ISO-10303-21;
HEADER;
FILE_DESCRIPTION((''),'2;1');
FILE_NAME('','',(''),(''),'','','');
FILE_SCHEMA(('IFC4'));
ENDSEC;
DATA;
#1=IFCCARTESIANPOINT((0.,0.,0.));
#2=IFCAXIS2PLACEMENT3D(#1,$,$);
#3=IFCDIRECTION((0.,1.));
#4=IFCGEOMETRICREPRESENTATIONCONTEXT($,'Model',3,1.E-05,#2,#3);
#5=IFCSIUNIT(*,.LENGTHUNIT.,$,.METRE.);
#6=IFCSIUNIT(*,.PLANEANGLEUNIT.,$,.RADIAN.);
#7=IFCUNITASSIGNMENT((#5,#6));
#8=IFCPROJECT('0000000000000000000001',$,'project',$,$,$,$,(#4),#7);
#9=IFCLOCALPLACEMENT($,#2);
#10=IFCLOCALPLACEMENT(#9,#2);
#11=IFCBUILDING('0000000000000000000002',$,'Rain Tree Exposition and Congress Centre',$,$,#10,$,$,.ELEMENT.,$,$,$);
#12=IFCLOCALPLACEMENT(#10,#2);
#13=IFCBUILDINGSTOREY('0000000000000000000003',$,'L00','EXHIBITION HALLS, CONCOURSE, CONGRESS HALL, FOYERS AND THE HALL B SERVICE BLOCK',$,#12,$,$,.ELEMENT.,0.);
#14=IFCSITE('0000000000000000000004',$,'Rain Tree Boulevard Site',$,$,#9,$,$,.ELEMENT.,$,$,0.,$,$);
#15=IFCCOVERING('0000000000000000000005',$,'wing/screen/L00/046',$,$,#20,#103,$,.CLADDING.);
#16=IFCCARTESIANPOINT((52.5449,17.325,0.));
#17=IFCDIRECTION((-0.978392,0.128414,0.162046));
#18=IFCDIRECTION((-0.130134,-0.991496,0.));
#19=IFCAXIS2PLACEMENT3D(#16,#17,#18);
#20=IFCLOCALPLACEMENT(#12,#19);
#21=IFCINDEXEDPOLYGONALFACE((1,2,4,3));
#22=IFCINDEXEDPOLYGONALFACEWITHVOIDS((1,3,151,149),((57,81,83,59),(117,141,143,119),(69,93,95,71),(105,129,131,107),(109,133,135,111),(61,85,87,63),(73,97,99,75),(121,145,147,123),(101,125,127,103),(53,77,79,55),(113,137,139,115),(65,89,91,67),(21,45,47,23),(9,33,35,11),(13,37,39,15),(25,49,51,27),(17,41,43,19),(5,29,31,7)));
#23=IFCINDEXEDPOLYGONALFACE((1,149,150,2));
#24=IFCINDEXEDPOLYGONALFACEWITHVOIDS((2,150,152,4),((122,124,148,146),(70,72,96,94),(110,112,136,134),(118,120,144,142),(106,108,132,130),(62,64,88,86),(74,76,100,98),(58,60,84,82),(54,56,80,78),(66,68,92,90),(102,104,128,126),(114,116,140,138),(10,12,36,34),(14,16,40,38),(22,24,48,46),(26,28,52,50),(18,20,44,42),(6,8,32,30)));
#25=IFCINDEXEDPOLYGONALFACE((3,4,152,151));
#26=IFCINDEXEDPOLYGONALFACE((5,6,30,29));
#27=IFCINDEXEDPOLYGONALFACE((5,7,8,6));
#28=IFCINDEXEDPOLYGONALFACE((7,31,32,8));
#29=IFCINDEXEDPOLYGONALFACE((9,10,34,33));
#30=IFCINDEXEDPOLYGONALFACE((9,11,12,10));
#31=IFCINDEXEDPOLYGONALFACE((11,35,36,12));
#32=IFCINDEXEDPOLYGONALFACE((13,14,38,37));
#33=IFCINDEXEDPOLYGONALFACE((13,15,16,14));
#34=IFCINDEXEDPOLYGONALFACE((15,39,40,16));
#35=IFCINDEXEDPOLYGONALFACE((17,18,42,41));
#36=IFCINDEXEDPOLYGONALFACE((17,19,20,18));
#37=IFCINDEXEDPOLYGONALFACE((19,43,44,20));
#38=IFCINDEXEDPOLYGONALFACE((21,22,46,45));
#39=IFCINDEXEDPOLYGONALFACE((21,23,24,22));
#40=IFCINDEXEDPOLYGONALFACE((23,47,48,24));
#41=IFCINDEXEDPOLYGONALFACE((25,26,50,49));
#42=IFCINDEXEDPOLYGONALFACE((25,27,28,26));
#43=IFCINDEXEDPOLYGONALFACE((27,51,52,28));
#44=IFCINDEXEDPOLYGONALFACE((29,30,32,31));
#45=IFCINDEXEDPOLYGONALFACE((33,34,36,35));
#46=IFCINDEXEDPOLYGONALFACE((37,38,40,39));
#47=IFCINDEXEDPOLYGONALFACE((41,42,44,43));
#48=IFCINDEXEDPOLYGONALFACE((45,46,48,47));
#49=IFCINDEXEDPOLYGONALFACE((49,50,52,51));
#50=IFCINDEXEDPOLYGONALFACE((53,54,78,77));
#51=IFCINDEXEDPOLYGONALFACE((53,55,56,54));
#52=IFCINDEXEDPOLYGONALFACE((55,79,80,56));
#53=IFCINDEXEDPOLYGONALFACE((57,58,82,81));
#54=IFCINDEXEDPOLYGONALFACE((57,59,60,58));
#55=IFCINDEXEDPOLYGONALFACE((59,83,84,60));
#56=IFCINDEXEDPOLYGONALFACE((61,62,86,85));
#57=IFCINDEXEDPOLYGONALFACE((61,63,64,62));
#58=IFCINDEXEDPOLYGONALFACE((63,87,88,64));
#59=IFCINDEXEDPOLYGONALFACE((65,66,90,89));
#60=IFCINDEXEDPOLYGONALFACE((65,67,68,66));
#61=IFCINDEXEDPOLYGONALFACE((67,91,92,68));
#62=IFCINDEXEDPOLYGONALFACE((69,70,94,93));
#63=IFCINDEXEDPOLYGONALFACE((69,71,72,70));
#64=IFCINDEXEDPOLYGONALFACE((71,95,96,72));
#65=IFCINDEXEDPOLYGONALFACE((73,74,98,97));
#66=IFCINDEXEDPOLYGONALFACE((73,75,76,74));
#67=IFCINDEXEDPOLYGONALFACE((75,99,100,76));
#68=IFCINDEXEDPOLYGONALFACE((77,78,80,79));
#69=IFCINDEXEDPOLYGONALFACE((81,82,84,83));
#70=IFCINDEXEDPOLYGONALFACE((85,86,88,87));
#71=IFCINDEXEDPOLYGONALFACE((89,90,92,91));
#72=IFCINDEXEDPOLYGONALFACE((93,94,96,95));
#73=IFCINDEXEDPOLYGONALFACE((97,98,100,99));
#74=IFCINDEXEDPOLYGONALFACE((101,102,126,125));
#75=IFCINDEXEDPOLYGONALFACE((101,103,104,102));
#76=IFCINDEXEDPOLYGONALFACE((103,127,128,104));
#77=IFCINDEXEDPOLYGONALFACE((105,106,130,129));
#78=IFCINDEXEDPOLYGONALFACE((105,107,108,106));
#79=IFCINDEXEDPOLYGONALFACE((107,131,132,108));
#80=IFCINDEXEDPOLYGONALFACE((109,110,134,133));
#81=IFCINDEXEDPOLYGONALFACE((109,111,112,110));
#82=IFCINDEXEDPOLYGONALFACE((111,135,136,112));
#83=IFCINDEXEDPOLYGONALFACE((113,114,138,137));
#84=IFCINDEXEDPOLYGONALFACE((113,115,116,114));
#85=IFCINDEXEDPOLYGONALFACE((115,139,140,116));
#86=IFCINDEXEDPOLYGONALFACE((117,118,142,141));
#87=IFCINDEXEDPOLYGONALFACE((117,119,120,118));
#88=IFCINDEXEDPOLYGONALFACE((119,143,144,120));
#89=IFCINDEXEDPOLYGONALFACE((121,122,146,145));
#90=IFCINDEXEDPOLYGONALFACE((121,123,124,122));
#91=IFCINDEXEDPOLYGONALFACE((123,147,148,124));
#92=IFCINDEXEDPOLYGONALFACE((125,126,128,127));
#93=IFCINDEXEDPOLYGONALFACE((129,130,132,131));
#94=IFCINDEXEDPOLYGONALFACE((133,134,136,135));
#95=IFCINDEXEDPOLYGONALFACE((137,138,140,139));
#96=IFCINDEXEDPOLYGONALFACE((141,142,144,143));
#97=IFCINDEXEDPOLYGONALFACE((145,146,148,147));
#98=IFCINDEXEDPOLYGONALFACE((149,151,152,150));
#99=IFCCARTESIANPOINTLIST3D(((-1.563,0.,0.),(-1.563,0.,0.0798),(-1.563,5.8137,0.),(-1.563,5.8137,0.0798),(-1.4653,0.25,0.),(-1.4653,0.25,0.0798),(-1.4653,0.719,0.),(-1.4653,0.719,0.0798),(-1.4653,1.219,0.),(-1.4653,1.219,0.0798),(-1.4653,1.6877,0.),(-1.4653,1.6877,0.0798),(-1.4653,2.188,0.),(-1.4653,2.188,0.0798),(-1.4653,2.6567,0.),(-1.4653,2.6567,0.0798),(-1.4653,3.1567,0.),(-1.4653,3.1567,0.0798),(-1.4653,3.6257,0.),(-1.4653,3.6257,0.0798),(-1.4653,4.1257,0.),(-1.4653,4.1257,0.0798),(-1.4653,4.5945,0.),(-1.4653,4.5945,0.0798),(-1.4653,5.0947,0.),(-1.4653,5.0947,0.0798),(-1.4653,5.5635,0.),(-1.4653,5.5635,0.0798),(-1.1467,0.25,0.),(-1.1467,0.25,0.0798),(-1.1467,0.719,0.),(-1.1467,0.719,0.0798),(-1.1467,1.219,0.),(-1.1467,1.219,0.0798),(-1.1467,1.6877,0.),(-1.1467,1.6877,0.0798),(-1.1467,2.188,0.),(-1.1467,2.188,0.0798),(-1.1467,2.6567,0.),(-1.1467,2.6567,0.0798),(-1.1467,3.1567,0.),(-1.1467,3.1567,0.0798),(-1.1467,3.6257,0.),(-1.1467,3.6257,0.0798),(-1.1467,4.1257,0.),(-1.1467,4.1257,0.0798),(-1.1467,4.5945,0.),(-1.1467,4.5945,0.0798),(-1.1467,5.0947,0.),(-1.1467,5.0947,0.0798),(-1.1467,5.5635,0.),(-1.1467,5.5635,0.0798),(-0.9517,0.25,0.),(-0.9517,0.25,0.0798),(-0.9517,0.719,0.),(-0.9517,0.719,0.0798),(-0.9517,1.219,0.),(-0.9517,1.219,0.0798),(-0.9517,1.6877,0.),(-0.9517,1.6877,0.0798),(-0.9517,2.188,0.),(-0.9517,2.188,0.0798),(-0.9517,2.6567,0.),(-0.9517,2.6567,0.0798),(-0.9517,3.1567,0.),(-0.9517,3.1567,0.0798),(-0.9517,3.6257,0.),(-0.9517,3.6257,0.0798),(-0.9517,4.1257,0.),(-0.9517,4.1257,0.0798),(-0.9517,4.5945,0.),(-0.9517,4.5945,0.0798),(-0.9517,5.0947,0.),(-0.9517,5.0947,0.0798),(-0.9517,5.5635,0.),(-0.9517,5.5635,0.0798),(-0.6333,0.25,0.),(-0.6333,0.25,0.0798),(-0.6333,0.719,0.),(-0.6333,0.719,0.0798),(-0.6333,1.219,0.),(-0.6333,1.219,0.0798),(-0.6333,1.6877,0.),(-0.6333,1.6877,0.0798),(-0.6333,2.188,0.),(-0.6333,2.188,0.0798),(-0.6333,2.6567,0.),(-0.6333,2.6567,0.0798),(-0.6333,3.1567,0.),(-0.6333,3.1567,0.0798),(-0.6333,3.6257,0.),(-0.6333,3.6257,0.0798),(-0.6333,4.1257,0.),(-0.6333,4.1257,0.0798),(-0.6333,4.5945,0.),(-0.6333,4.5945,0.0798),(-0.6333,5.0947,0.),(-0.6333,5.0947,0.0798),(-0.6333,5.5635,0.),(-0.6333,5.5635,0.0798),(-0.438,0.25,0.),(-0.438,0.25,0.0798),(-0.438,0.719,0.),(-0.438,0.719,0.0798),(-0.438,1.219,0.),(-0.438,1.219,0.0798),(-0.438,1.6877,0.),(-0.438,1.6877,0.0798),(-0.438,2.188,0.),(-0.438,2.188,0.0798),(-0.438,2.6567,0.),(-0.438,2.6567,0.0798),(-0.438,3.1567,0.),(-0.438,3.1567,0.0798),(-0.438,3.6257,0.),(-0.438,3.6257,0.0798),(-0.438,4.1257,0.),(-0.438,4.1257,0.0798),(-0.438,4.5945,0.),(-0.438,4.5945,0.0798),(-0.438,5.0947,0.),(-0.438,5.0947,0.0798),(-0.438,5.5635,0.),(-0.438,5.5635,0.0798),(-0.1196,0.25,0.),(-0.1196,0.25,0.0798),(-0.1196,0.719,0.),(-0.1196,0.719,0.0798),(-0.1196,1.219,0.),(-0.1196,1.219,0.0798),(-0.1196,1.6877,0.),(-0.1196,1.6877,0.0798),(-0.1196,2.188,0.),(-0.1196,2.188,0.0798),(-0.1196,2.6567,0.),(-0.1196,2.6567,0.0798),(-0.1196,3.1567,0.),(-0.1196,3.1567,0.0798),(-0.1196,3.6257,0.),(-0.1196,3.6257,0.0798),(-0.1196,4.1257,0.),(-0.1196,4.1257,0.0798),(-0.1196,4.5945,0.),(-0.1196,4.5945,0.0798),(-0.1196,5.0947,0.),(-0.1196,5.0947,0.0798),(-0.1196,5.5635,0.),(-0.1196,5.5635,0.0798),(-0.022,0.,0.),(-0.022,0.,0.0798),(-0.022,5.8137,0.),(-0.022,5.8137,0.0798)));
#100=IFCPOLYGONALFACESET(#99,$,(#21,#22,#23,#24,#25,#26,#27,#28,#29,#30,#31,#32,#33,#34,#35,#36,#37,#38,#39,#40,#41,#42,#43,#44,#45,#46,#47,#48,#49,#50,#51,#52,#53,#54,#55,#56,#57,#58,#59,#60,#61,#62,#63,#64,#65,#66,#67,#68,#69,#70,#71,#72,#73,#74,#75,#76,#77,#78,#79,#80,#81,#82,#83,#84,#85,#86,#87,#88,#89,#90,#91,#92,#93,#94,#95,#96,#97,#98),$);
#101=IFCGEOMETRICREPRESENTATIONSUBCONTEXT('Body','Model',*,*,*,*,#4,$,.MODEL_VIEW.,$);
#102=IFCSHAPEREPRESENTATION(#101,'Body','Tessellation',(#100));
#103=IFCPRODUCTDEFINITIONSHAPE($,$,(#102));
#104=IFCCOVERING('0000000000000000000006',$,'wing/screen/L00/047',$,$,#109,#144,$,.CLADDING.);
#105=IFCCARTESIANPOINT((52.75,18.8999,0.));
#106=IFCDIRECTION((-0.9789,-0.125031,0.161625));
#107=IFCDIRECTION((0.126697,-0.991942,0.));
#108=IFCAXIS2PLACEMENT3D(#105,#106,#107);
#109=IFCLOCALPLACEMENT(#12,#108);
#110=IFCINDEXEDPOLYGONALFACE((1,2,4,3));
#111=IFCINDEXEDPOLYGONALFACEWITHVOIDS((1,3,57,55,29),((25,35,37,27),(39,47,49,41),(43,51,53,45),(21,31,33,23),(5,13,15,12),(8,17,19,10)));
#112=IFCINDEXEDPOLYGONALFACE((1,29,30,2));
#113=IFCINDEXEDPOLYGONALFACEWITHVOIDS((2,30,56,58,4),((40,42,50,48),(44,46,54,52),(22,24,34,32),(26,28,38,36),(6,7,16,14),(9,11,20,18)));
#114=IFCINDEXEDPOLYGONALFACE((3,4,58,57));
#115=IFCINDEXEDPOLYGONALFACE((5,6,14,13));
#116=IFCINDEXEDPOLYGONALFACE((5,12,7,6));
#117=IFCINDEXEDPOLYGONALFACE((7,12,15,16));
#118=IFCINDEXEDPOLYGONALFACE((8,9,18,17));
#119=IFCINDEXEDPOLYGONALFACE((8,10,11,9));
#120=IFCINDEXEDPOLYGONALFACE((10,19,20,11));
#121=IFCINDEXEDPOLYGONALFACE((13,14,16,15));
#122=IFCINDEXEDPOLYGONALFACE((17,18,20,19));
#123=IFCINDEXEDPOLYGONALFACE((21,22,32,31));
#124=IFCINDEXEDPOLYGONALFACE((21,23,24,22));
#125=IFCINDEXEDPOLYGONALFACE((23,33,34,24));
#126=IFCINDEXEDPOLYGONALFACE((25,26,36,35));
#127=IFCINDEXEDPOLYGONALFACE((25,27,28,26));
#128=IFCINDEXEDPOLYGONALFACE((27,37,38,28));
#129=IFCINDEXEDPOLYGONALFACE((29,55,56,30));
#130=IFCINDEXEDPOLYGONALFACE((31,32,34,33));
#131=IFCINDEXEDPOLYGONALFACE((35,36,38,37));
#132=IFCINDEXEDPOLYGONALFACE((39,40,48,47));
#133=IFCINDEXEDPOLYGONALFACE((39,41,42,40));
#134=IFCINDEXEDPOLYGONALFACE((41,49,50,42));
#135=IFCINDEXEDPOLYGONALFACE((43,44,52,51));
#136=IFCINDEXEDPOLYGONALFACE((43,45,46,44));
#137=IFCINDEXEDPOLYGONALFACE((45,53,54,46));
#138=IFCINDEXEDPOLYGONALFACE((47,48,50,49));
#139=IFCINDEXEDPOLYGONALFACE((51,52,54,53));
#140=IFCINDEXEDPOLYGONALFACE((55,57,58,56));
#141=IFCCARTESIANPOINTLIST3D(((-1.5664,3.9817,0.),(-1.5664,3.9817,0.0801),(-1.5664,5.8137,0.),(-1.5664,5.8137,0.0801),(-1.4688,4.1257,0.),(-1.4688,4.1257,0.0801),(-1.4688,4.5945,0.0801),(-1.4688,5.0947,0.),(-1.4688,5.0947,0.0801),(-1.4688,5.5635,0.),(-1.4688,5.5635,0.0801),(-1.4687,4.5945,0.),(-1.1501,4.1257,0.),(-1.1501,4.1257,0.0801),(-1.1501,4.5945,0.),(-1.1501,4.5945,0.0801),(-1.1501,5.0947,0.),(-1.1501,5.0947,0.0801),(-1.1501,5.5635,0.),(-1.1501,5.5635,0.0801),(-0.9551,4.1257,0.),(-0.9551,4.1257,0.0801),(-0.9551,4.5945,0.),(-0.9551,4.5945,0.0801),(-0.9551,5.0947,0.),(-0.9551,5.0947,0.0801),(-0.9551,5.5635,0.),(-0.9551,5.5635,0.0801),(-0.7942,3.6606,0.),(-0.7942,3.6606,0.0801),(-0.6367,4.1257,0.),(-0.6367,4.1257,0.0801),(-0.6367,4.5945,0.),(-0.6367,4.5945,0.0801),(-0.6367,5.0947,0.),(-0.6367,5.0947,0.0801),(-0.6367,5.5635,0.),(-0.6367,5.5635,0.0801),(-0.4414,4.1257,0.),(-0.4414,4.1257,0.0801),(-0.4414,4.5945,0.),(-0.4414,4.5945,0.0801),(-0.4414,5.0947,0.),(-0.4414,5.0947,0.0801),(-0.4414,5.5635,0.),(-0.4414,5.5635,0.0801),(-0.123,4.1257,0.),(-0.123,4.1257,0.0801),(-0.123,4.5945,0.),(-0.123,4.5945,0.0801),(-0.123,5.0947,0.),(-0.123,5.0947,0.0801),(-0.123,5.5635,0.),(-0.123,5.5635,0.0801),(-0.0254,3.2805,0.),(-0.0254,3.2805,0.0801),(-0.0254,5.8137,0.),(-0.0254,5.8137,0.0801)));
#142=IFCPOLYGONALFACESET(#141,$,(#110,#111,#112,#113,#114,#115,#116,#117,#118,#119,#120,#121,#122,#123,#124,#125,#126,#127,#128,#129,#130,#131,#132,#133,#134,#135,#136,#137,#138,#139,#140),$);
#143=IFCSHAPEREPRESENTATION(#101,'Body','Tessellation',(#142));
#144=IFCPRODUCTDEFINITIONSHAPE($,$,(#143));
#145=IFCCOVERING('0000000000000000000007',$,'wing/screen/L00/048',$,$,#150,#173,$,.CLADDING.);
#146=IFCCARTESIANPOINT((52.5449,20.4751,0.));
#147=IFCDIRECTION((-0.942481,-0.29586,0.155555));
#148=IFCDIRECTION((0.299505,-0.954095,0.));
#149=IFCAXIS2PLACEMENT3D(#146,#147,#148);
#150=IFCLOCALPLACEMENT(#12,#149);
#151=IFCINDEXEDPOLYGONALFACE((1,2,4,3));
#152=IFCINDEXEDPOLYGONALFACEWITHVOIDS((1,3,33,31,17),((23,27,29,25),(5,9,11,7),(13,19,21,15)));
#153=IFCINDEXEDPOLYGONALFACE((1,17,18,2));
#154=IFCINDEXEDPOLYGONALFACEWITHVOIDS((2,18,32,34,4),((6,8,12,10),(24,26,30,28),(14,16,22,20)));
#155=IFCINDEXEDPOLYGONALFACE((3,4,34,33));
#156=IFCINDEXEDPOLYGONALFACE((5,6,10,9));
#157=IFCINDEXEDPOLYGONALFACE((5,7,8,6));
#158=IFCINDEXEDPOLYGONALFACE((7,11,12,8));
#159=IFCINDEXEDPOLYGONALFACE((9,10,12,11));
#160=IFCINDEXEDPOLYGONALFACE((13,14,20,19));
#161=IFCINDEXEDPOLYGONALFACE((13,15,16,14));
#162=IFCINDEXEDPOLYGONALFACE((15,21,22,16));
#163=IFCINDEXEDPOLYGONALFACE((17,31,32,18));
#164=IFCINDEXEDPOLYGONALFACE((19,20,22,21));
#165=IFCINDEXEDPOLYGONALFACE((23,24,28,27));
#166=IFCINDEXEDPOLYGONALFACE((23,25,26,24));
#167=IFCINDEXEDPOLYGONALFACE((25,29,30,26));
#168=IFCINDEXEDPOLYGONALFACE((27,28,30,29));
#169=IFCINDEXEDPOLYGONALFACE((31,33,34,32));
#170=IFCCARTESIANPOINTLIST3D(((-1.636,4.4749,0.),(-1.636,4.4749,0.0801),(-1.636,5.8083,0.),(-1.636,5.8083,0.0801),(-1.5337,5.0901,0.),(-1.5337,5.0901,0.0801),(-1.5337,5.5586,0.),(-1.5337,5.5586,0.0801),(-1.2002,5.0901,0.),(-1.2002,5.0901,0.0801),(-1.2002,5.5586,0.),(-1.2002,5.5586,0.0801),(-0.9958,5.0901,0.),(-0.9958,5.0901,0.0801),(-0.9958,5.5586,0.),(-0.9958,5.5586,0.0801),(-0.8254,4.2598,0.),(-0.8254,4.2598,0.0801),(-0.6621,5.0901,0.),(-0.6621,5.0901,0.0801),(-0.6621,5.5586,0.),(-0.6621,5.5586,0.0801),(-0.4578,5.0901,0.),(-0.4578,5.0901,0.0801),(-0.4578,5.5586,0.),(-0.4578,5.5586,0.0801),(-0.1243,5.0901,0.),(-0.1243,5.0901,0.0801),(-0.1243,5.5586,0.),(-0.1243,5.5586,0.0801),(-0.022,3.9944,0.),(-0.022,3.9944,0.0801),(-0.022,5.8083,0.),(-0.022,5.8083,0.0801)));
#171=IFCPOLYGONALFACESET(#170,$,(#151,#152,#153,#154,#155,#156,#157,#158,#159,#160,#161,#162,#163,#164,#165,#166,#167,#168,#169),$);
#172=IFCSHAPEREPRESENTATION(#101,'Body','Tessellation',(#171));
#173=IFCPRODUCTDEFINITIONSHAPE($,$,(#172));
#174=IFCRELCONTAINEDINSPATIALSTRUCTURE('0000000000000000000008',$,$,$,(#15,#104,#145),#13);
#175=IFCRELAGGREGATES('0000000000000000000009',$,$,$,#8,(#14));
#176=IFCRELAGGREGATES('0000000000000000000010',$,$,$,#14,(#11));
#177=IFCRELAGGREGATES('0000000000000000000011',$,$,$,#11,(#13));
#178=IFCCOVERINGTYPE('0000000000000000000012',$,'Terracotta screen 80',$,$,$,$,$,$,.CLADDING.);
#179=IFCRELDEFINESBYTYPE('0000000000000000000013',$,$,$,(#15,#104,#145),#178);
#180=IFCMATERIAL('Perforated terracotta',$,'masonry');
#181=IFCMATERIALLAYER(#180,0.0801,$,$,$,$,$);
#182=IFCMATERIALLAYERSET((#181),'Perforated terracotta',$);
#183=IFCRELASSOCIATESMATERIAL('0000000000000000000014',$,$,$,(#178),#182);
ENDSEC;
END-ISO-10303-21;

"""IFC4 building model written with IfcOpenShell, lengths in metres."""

from ifc_helpers import new_model, si_unit, direction, frame, origin, place, context, subcontext, project, spatial, polyline, outline, extrude, material, layer, layer_set, type_object, element, save


model = new_model("IFC4")

# Units and contexts
model_context = context("Model", 3, precision=1e-05, world=origin(), true_north=direction((0.0, 1.0)))
body_context = subcontext(model_context, "Body", "Model", "MODEL_VIEW")
ifc_project = project(units=[si_unit("LENGTHUNIT", "METRE"), si_unit("PLANEANGLEUNIT", "RADIAN")], contexts=[model_context])

# Site, building, storey
site_placement = place(None, origin())
site = spatial("IfcSite", under=ifc_project, at=site_placement, Name="Rain Tree Boulevard Site", CompositionType="ELEMENT", RefElevation=0.0)
building_placement = place(site_placement, origin())
building = spatial("IfcBuilding", under=site, at=building_placement, Name="Rain Tree Exposition and Congress Centre", CompositionType="ELEMENT")
storey_placement = place(building_placement, origin())
storey = spatial("IfcBuildingStorey", under=building, at=storey_placement, Name="L00", Description="EXHIBITION HALLS, CONCOURSE, CONGRESS HALL, FOYERS AND THE HALL B SERVICE BLOCK", CompositionType="ELEMENT", Elevation=0.0)

# Coverings
ifc_material_1 = material(Name="Perforated terracotta", Category="masonry")
ifc_layer = layer(ifc_material_1, 0.0801)
ifc_layer_set = layer_set([ifc_layer], Name="Perforated terracotta")
covering_type = type_object("IfcCoveringType", Name="Terracotta screen 80", PredefinedType="CLADDING", material=ifc_layer_set)
covering_1_placement = place(storey_placement, frame((52.5449, 17.325, 0.0), z_axis=(-0.978392, 0.128414, 0.162046), x_axis=(-0.130134, -0.991496, 0.0)))
element("IfcCovering", 1, at=covering_1_placement, inside=storey, type_object=covering_type, Name="wing/screen/L00/046", PredefinedType="CLADDING", context=body_context, shape_type="SweptSolid", body=[
    extrude(outline(polyline([(-0.022, 5.8137), (-0.022, 0.0), (-1.563, 0.0), (-1.563, 5.8137), (-0.022, 5.8137)]), holes=[polyline([(-0.1196, 0.25), (-0.1196, 0.719), (-0.438, 0.719), (-0.438, 0.25), (-0.1196, 0.25)]), polyline([(-0.1196, 1.219), (-0.1196, 1.6877), (-0.438, 1.6877), (-0.438, 1.219), (-0.1196, 1.219)]), polyline([(-0.1196, 2.188), (-0.1196, 2.6567), (-0.438, 2.6567), (-0.438, 2.188), (-0.1196, 2.188)]), polyline([(-0.1196, 3.1567), (-0.1196, 3.6257), (-0.438, 3.6257), (-0.438, 3.1567), (-0.1196, 3.1567)]), polyline([(-0.1196, 4.1257), (-0.1196, 4.5945), (-0.438, 4.5945), (-0.438, 4.1257), (-0.1196, 4.1257)]), polyline([(-0.1196, 5.0947), (-0.1196, 5.5635), (-0.438, 5.5635), (-0.438, 5.0947), (-0.1196, 5.0947)]), polyline([(-0.6333, 0.25), (-0.6333, 0.719), (-0.9517, 0.719), (-0.9517, 0.25), (-0.6333, 0.25)]), polyline([(-0.6333, 1.219), (-0.6333, 1.6877), (-0.9517, 1.6877), (-0.9517, 1.219), (-0.6333, 1.219)]), polyline([(-0.6333, 2.188), (-0.6333, 2.6567), (-0.9517, 2.6567), (-0.9517, 2.188), (-0.6333, 2.188)]), polyline([(-0.6333, 3.1567), (-0.6333, 3.6257), (-0.9517, 3.6257), (-0.9517, 3.1567), (-0.6333, 3.1567)]), polyline([(-0.6333, 4.1257), (-0.6333, 4.5945), (-0.9517, 4.5945), (-0.9517, 4.1257), (-0.6333, 4.1257)]), polyline([(-0.6333, 5.0947), (-0.6333, 5.5635), (-0.9517, 5.5635), (-0.9517, 5.0947), (-0.6333, 5.0947)]), polyline([(-1.1467, 0.25), (-1.1467, 0.719), (-1.4653, 0.719), (-1.4653, 0.25), (-1.1467, 0.25)]), polyline([(-1.1467, 1.219), (-1.1467, 1.6877), (-1.4653, 1.6877), (-1.4653, 1.219), (-1.1467, 1.219)]), polyline([(-1.1467, 2.188), (-1.1467, 2.6567), (-1.4653, 2.6567), (-1.4653, 2.188), (-1.1467, 2.188)]), polyline([(-1.1467, 3.1567), (-1.1467, 3.6257), (-1.4653, 3.6257), (-1.4653, 3.1567), (-1.1467, 3.1567)]), polyline([(-1.1467, 4.1257), (-1.1467, 4.5945), (-1.4653, 4.5945), (-1.4653, 4.1257), (-1.1467, 4.1257)]), polyline([(-1.1467, 5.0947), (-1.1467, 5.5635), (-1.4653, 5.5635), (-1.4653, 5.0947), (-1.1467, 5.0947)])]), origin(), (0.0, 0.0, 1.0), 0.0798),
])
covering_2_placement = place(storey_placement, frame((52.75, 18.8999, 0.0), z_axis=(-0.9789, -0.125031, 0.161625), x_axis=(0.126697, -0.991942, 0.0)))
element("IfcCovering", 2, at=covering_2_placement, inside=storey, type_object=covering_type, Name="wing/screen/L00/047", PredefinedType="CLADDING", context=body_context, shape_type="SweptSolid", body=[
    extrude(outline(polyline([(-1.5664, 5.8137), (-0.0254, 5.8137), (-0.0254, 3.2805), (-0.7942, 3.6606), (-1.5664, 3.9817), (-1.5664, 5.8137)]), holes=[polyline([(-0.123, 4.1257), (-0.123, 4.5945), (-0.4414, 4.5945), (-0.4414, 4.1257), (-0.123, 4.1257)]), polyline([(-0.123, 5.0947), (-0.123, 5.5635), (-0.4414, 5.5635), (-0.4414, 5.0947), (-0.123, 5.0947)]), polyline([(-0.6367, 4.1257), (-0.6367, 4.5945), (-0.9551, 4.5945), (-0.9551, 4.1257), (-0.6367, 4.1257)]), polyline([(-0.6367, 5.0947), (-0.6367, 5.5635), (-0.9551, 5.5635), (-0.9551, 5.0947), (-0.6367, 5.0947)]), polyline([(-1.1501, 4.1257), (-1.1501, 4.5945), (-1.4688, 4.5945), (-1.4688, 4.1257), (-1.1501, 4.1257)]), polyline([(-1.1501, 5.0947), (-1.1501, 5.5635), (-1.4688, 5.5635), (-1.4688, 5.0947), (-1.1501, 5.0947)])]), origin(), (0.0, 0.0, 1.0), 0.0801),
])
covering_3_placement = place(storey_placement, frame((52.5449, 20.4751, 0.0), z_axis=(-0.942481, -0.29586, 0.155555), x_axis=(0.299505, -0.954095, 0.0)))
element("IfcCovering", 3, at=covering_3_placement, inside=storey, type_object=covering_type, Name="wing/screen/L00/048", PredefinedType="CLADDING", context=body_context, shape_type="SweptSolid", body=[
    extrude(outline(polyline([(-1.636, 5.8083), (-0.022, 5.8083), (-0.022, 3.9944), (-0.8254, 4.2598), (-1.636, 4.4749), (-1.636, 5.8083)]), holes=[polyline([(-0.1243, 5.0901), (-0.1243, 5.5586), (-0.4578, 5.5586), (-0.4578, 5.0901), (-0.1243, 5.0901)]), polyline([(-0.6621, 5.0901), (-0.6621, 5.5586), (-0.9958, 5.5586), (-0.9958, 5.0901), (-0.6621, 5.0901)]), polyline([(-1.2002, 5.0901), (-1.2002, 5.5586), (-1.5337, 5.5586), (-1.5337, 5.0901), (-1.2002, 5.0901)])]), origin(), (0.0, 0.0, 1.0), 0.0801),
])

save(model, "model.ifc")
